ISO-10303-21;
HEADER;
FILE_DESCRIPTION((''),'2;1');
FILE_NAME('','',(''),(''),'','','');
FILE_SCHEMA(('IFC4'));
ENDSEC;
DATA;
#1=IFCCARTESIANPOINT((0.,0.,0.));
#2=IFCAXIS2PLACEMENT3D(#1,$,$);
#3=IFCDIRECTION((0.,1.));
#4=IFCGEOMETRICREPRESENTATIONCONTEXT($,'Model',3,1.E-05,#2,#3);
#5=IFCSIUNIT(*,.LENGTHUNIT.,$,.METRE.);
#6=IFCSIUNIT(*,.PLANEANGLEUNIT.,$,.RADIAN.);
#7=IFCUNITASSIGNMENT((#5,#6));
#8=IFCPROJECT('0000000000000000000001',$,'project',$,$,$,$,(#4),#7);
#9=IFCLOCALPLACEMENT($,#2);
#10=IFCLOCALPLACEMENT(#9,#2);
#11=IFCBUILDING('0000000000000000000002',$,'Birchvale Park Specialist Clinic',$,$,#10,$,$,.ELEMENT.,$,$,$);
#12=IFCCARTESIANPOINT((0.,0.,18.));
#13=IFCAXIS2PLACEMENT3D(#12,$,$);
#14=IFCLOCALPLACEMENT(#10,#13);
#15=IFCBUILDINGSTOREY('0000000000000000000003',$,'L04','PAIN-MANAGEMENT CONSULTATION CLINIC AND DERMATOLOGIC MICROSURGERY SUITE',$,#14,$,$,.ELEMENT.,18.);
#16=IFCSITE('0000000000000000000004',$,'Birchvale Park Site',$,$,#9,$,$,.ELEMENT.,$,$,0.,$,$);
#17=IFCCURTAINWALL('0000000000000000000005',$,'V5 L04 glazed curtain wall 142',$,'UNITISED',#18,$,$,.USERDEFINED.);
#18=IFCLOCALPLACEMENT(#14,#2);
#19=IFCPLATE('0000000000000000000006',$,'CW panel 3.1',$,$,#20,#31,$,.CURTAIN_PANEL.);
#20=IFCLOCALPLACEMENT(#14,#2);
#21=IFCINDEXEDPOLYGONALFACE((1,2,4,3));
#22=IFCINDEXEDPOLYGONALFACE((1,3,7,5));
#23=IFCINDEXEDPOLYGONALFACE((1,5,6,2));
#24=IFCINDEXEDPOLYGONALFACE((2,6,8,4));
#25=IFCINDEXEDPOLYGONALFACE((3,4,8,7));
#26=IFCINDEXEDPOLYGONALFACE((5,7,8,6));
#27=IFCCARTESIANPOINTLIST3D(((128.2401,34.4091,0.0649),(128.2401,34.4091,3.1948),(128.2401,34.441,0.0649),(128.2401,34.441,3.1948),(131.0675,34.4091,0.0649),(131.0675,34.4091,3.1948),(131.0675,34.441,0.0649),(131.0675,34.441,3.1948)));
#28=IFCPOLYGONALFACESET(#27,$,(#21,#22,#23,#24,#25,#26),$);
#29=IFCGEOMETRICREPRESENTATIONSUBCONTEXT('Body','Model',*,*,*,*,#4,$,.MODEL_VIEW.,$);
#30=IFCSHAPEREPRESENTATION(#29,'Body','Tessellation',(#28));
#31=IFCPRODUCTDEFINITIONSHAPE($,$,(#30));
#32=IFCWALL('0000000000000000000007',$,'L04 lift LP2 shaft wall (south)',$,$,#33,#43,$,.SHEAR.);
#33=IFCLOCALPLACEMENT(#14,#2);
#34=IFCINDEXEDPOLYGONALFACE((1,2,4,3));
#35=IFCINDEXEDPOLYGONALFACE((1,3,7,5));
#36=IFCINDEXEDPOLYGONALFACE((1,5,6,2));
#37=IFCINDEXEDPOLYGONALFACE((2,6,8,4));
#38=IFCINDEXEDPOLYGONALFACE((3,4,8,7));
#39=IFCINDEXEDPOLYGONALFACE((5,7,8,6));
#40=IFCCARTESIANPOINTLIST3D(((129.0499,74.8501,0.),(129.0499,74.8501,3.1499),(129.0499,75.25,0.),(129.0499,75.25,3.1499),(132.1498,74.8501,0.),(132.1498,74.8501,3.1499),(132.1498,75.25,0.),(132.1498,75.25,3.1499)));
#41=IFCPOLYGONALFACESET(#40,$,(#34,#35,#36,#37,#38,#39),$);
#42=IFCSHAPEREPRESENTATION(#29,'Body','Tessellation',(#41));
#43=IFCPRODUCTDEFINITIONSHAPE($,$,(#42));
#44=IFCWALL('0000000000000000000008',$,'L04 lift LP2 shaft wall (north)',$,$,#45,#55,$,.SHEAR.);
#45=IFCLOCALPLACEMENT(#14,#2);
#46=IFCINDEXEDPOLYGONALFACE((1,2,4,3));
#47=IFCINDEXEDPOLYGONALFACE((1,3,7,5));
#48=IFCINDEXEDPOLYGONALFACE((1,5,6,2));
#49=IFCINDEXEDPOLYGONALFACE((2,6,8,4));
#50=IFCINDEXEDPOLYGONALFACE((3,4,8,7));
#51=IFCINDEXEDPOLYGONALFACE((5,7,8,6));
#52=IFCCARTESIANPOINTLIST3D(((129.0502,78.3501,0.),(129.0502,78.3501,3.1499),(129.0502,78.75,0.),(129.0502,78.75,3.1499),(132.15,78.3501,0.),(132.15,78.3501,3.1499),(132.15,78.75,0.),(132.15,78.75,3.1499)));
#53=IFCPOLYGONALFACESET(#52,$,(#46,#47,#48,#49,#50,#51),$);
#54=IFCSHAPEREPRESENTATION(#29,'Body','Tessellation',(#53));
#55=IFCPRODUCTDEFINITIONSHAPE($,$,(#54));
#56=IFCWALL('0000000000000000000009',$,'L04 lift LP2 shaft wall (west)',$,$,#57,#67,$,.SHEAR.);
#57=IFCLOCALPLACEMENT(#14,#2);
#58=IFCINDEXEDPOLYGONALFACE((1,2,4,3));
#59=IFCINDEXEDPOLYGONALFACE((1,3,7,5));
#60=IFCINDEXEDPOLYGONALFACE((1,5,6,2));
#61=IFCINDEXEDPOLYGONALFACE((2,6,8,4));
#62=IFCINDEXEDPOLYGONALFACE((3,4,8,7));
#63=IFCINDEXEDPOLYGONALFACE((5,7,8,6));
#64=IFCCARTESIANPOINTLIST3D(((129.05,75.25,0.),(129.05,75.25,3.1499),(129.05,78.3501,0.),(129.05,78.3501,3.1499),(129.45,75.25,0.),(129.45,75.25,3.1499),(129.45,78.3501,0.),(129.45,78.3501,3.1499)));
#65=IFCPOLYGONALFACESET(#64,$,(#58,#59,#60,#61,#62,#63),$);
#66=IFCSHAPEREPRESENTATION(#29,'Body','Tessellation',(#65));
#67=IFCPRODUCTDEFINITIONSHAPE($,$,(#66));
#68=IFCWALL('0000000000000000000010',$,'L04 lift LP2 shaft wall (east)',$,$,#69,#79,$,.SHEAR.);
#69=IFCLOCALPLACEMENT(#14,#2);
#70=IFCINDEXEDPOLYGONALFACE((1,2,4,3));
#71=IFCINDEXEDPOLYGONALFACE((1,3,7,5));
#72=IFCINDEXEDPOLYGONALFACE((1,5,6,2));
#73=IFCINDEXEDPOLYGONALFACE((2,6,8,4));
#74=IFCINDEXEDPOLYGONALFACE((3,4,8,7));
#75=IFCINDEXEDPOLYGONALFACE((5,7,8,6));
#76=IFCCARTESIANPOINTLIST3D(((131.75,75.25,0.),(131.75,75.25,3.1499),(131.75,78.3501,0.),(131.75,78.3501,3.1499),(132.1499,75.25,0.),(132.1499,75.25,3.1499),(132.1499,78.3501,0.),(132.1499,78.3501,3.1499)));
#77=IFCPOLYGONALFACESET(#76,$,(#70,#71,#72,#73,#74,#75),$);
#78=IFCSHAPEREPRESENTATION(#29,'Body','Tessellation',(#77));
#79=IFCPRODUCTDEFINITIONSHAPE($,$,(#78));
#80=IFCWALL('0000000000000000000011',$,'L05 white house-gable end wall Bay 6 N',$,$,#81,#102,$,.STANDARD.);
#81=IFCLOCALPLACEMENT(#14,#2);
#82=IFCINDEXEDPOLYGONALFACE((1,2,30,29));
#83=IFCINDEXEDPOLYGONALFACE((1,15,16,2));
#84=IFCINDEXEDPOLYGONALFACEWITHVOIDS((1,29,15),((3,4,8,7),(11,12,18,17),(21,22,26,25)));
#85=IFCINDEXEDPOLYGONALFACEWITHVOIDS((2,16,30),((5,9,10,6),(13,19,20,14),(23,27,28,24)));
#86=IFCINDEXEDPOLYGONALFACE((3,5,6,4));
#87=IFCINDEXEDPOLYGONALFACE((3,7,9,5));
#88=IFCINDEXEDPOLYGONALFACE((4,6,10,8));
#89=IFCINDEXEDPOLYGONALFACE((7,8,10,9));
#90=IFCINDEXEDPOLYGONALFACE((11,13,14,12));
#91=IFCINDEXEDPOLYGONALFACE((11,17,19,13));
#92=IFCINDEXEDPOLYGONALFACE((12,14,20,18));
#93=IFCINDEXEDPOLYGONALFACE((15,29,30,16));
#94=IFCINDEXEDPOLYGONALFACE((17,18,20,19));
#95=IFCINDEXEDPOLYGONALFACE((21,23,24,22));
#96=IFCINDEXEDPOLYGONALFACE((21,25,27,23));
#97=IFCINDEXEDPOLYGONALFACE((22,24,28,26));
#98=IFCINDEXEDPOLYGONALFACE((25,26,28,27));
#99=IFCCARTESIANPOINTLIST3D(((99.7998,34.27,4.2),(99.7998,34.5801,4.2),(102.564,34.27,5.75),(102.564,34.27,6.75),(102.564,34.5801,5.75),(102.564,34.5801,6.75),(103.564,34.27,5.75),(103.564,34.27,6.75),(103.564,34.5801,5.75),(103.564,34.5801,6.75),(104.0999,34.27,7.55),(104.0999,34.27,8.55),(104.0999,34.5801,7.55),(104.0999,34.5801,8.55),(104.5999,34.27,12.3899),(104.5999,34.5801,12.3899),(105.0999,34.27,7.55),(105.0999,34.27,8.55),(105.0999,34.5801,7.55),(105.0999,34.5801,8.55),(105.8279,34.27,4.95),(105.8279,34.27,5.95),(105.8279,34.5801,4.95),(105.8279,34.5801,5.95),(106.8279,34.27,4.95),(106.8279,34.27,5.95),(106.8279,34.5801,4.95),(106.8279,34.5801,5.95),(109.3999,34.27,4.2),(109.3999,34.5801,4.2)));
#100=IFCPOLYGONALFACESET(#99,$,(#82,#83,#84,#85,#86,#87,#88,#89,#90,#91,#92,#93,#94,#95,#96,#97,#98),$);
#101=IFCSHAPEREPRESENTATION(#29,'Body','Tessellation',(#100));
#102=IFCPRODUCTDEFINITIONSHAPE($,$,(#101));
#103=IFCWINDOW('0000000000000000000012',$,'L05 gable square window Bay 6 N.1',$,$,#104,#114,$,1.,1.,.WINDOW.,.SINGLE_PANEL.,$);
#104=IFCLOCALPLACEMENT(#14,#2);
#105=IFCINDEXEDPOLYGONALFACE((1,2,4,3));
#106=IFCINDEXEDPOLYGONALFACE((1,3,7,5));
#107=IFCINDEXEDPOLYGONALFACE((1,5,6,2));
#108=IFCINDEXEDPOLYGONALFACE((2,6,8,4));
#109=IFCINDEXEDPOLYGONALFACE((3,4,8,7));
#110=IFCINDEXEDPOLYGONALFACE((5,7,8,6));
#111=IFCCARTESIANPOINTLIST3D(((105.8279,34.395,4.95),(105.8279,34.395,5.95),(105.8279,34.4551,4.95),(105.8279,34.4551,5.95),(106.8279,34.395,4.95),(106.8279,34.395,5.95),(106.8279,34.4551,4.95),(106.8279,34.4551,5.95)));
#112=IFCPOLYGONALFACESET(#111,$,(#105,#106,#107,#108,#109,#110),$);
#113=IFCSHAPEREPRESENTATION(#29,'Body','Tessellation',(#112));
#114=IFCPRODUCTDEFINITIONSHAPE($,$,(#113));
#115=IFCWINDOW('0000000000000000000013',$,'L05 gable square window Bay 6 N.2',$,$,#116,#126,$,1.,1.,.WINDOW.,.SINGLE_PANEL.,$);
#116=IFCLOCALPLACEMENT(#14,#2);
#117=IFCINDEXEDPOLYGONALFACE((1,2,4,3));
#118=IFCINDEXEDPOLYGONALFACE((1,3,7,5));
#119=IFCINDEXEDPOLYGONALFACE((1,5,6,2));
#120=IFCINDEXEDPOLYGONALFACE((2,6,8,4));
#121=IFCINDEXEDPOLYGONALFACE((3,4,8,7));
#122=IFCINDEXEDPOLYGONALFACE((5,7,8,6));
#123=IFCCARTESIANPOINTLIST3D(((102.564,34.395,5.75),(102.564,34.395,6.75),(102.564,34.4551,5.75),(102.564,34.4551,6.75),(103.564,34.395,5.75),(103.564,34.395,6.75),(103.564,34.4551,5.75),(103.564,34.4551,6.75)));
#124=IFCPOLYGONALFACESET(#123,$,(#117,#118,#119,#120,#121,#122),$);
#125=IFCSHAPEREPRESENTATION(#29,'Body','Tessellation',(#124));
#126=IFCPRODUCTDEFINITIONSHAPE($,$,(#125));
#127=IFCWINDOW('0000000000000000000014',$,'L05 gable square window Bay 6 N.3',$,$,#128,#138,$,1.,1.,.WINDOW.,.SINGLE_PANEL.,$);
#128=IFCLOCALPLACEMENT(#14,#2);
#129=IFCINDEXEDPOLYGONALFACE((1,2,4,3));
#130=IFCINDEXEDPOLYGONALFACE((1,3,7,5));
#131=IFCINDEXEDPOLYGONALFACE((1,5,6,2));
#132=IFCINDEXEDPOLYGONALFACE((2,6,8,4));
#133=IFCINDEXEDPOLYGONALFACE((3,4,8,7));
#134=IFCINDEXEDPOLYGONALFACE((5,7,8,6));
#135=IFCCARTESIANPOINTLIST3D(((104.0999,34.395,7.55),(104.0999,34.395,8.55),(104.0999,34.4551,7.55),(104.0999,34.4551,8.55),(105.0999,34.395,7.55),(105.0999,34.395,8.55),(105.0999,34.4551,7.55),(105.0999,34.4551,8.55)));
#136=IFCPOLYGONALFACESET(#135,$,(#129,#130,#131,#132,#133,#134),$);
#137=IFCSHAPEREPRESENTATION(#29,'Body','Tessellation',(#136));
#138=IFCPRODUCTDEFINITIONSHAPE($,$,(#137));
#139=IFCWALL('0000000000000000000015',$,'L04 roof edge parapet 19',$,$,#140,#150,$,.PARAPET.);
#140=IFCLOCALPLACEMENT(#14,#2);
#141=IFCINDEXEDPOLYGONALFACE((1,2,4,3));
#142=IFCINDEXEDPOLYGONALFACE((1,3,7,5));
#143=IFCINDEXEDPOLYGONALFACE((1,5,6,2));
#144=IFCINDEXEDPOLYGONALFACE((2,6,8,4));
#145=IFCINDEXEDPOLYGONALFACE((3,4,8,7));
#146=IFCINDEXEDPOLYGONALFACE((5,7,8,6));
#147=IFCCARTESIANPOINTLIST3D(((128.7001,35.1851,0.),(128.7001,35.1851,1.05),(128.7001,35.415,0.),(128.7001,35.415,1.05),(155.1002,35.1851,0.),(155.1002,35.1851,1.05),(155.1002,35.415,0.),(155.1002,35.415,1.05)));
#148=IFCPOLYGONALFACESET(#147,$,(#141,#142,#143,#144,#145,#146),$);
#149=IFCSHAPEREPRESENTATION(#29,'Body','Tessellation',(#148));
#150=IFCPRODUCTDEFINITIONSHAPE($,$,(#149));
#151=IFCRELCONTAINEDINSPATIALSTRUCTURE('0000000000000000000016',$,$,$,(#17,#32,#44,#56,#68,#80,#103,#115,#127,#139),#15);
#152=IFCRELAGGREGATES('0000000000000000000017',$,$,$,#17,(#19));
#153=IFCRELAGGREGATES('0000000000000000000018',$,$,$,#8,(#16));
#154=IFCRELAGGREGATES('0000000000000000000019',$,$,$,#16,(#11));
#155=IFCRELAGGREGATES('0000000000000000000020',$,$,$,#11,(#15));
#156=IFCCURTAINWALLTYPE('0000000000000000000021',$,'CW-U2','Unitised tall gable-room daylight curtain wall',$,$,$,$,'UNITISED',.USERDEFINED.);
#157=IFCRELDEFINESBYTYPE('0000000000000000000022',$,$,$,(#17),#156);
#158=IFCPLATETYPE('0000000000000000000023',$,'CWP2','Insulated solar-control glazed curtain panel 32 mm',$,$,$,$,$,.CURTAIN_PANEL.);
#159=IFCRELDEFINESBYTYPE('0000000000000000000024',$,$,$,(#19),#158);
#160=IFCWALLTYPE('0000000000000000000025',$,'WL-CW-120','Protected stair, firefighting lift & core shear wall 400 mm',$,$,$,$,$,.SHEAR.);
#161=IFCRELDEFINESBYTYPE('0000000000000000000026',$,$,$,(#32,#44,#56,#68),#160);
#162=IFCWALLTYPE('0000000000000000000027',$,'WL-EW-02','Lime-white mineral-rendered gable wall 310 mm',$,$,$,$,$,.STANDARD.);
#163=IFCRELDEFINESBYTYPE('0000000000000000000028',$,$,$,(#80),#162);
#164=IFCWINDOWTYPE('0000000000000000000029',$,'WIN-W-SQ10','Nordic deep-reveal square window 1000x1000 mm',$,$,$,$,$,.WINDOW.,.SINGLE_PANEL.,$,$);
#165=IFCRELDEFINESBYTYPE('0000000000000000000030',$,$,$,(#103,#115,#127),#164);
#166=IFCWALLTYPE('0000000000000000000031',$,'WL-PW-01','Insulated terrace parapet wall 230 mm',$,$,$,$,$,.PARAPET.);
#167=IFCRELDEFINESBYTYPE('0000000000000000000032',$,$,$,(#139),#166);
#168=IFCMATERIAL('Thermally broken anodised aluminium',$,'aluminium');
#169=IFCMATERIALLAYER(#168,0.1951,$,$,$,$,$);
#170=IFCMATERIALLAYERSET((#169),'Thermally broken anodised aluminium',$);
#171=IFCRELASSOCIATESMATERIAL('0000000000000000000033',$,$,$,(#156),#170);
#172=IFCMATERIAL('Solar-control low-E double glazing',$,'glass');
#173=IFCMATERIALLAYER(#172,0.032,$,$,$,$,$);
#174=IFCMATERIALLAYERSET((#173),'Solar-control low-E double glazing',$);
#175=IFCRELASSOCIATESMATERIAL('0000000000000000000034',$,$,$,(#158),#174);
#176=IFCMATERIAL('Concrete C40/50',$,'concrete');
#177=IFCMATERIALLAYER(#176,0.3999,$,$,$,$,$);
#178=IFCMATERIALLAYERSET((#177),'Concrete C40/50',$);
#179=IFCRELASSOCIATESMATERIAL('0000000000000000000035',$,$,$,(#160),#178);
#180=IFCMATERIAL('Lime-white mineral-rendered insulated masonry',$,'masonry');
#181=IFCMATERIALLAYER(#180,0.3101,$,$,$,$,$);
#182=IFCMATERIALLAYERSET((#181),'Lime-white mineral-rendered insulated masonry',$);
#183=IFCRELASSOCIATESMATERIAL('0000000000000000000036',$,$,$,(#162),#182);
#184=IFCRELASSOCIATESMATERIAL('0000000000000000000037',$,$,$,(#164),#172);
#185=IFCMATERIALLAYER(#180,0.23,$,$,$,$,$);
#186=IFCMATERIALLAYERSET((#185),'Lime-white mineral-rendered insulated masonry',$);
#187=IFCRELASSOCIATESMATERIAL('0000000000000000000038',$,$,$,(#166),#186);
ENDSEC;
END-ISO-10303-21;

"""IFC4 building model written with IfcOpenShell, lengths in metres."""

from ifc_helpers import new_model, si_unit, direction, frame, frame_2d, origin, origin_2d, place, context, subcontext, project, spatial, polyline, rectangle, outline, extrude, material, layer, layer_set, type_object, element, fill, aggregate, save


model = new_model("IFC4")

# Units and contexts
model_context = context("Model", 3, precision=1e-05, world=origin(), true_north=direction((0.0, 1.0)))
body_context = subcontext(model_context, "Body", "Model", "MODEL_VIEW")
ifc_project = project(units=[si_unit("LENGTHUNIT", "METRE"), si_unit("PLANEANGLEUNIT", "RADIAN")], contexts=[model_context])

# Site, building, storey
site_placement = place(None, origin())
site = spatial("IfcSite", under=ifc_project, at=site_placement, Name="Birchvale Park Site", CompositionType="ELEMENT", RefElevation=0.0)
building_placement = place(site_placement, origin())
building = spatial("IfcBuilding", under=site, at=building_placement, Name="Birchvale Park Specialist Clinic", CompositionType="ELEMENT")
storey_placement = place(building_placement, frame((0.0, 0.0, 18.0)))
storey = spatial("IfcBuildingStorey", under=building, at=storey_placement, Name="L04", Description="PAIN-MANAGEMENT CONSULTATION CLINIC AND DERMATOLOGIC MICROSURGERY SUITE", CompositionType="ELEMENT", Elevation=18.0)

# Shared definitions
ifc_material_1 = material(Name="Concrete C40/50", Category="concrete")

# Shared definitions
ifc_material_2 = material(Name="Thermally broken anodised aluminium", Category="aluminium")

# Curtain wall
ifc_layer_1 = layer(ifc_material_2, 0.1951)
ifc_layer_set_1 = layer_set([ifc_layer_1], Name="Thermally broken anodised aluminium")
curtain_wall_type_1 = type_object("IfcCurtainWallType", Name="CW-U2", Description="Unitised tall gable-room daylight curtain wall", ElementType="UNITISED", PredefinedType="USERDEFINED", material=ifc_layer_set_1)
curtain_wall_1_placement = place(storey_placement, origin())
curtain_wall_1 = element("IfcCurtainWall", 1, at=curtain_wall_1_placement, inside=storey, type_object=curtain_wall_type_1, Name="V5 L04 glazed curtain wall 142", ObjectType="UNITISED", PredefinedType="USERDEFINED")

# Plate
ifc_material_3 = material(Name="Solar-control low-E double glazing", Category="glass")
ifc_layer_2 = layer(ifc_material_3, 0.032)
ifc_layer_set_2 = layer_set([ifc_layer_2], Name="Solar-control low-E double glazing")
plate_type = type_object("IfcPlateType", Name="CWP2", Description="Insulated solar-control glazed curtain panel 32 mm", PredefinedType="CURTAIN_PANEL", material=ifc_layer_set_2)
plate_1_placement = place(storey_placement, frame((129.6538, 34.425, 0.0649), z_axis=(0.0, 0.0, 1.0), x_axis=(-1.0, 0.0, 0.0)))
plate_1 = element("IfcPlate", 2, at=plate_1_placement, type_object=plate_type, Name="CW panel 3.1", PredefinedType="CURTAIN_PANEL", context=body_context, shape_type="SweptSolid", body=[
    extrude(rectangle(XDim=2.8274, YDim=0.032, at=origin_2d()), origin(), (0.0, 0.0, 1.0), 3.1299),
])
aggregate(curtain_wall_1, [plate_1])

# Walls
ifc_layer_3 = layer(ifc_material_1, 0.3999)
ifc_layer_set_3 = layer_set([ifc_layer_3], Name="Concrete C40/50")
wall_type_1 = type_object("IfcWallType", Name="WL-CW-120", Description="Protected stair, firefighting lift & core shear wall 400 mm", PredefinedType="SHEAR", material=ifc_layer_set_3)
for number, where, z_axis, x_axis, name in (
    (3, (129.05, 75.05, 0.0), (0.0, 0.0, 1.0), (1.0, 0.0, 0.0), "L04 lift LP2 shaft wall (south)"),
    (4, (132.1499, 78.55, 0.0), (0.0, 0.0, 1.0), (-1.0, 0.0, 0.0), "L04 lift LP2 shaft wall (north)"),
):
    element("IfcWall", number, at=place(storey_placement, frame(where, z_axis=z_axis, x_axis=x_axis)), inside=storey, type_object=wall_type_1, Name=name, PredefinedType="SHEAR", context=body_context, shape_type="SweptSolid", body=[
        extrude(rectangle(XDim=3.0999, YDim=0.3999, at=frame_2d((1.5498, 0.0))), origin(), (0.0, 0.0, 1.0), 3.1499),
    ])
for number, where, z_axis, x_axis, name in (
    (5, (129.25, 75.25, 0.0), (0.0, 0.0, 1.0), (0.0, 1.0, 0.0), "L04 lift LP2 shaft wall (west)"),
    (6, (131.95, 78.3501, 0.0), (0.0, 0.0, 1.0), (0.0, -1.0, 0.0), "L04 lift LP2 shaft wall (east)"),
):
    element("IfcWall", number, at=place(storey_placement, frame(where, z_axis=z_axis, x_axis=x_axis)), inside=storey, type_object=wall_type_1, Name=name, PredefinedType="SHEAR", context=body_context, shape_type="SweptSolid", body=[
        extrude(rectangle(XDim=3.1001, YDim=0.3999, at=frame_2d((1.55, 0.0))), origin(), (0.0, 0.0, 1.0), 3.1499),
    ])

# Wall, openings, windows
ifc_material_4 = material(Name="Lime-white mineral-rendered insulated masonry", Category="masonry")
ifc_layer_4 = layer(ifc_material_4, 0.3101)
ifc_layer_set_4 = layer_set([ifc_layer_4], Name="Lime-white mineral-rendered insulated masonry")
wall_type_2 = type_object("IfcWallType", Name="WL-EW-02", Description="Lime-white mineral-rendered gable wall 310 mm", PredefinedType="STANDARD", material=ifc_layer_set_4)
wall_1_placement = place(storey_placement, frame((109.3999, 34.425, 4.2), z_axis=(0.0, 0.0, 1.0), x_axis=(-1.0, 0.0, 0.0)))
wall_1 = element("IfcWall", 7, at=wall_1_placement, inside=storey, type_object=wall_type_2, Name="L05 white house-gable end wall Bay 6 N", PredefinedType="STANDARD", context=body_context, shape_type="SweptSolid", body=[
    extrude(outline(polyline([(0.0, 0.0), (9.5999, 0.0), (9.6001, 0.0), (4.8, 8.1899), (0.0, 0.0), (0.0, 0.0)])), frame((0.0, 0.155, 0.0), z_axis=(0.0, -1.0, 0.0), x_axis=(1.0, 0.0, 0.0)), (0.0, 0.0, 1.0), 0.3101),
])
opening_1_placement = place(wall_1_placement, frame((2.572, 0.0, 0.75)))
opening_1 = element("IfcOpeningElement", 8, at=opening_1_placement, cuts=wall_1, PredefinedType="OPENING", context=body_context, shape_type="SweptSolid", body=[
    extrude(rectangle(XDim=1.0, YDim=1.0, at=frame_2d((0.5, 0.5))), frame((0.0, 0.165, 0.0), z_axis=(0.0, -1.0, 0.0), x_axis=(1.0, 0.0, 0.0)), (0.0, 0.0, 1.0), 0.3301),
])
opening_2_placement = place(wall_1_placement, frame((5.8359, 0.0, 1.55)))
opening_2 = element("IfcOpeningElement", 9, at=opening_2_placement, cuts=wall_1, PredefinedType="OPENING", context=body_context, shape_type="SweptSolid", body=[
    extrude(rectangle(XDim=1.0, YDim=1.0, at=frame_2d((0.5, 0.5))), frame((0.0, 0.165, 0.0), z_axis=(0.0, -1.0, 0.0), x_axis=(1.0, 0.0, 0.0)), (0.0, 0.0, 1.0), 0.3301),
])
opening_3_placement = place(wall_1_placement, frame((4.3, 0.0, 3.3501)))
opening_3 = element("IfcOpeningElement", 10, at=opening_3_placement, cuts=wall_1, PredefinedType="OPENING", context=body_context, shape_type="SweptSolid", body=[
    extrude(rectangle(XDim=1.0, YDim=1.0, at=frame_2d((0.5, 0.5))), frame((0.0, 0.165, 0.0), z_axis=(0.0, -1.0, 0.0), x_axis=(1.0, 0.0, 0.0)), (0.0, 0.0, 1.0), 0.3301),
])
window_type = type_object("IfcWindowType", Name="WIN-W-SQ10", Description="Nordic deep-reveal square window 1000x1000 mm", PartitioningType="SINGLE_PANEL", PredefinedType="WINDOW", material=ifc_material_3)
window_1_placement = place(opening_1_placement, origin())
window_1 = element("IfcWindow", 11, at=window_1_placement, inside=storey, type_object=window_type, Name="L05 gable square window Bay 6 N.1", OverallHeight=1.0, OverallWidth=1.0, PartitioningType="SINGLE_PANEL", PredefinedType="WINDOW", context=body_context, shape_type="SweptSolid", body=[
    extrude(rectangle(XDim=1.0, YDim=1.0, at=frame_2d((0.5, 0.5))), frame((0.0, 0.03, 0.0), z_axis=(0.0, -1.0, 0.0), x_axis=(1.0, 0.0, 0.0)), (0.0, 0.0, 1.0), 0.0601),
])
fill(opening_1, window_1)
window_2_placement = place(opening_2_placement, origin())
window_2 = element("IfcWindow", 12, at=window_2_placement, inside=storey, type_object=window_type, Name="L05 gable square window Bay 6 N.2", OverallHeight=1.0, OverallWidth=1.0, PartitioningType="SINGLE_PANEL", PredefinedType="WINDOW", context=body_context, shape_type="SweptSolid", body=[
    extrude(rectangle(XDim=1.0, YDim=1.0, at=frame_2d((0.5, 0.5))), frame((0.0, 0.03, 0.0), z_axis=(0.0, -1.0, 0.0), x_axis=(1.0, 0.0, 0.0)), (0.0, 0.0, 1.0), 0.0601),
])
fill(opening_2, window_2)
window_3_placement = place(opening_3_placement, origin())
window_3 = element("IfcWindow", 13, at=window_3_placement, inside=storey, type_object=window_type, Name="L05 gable square window Bay 6 N.3", OverallHeight=1.0, OverallWidth=1.0, PartitioningType="SINGLE_PANEL", PredefinedType="WINDOW", context=body_context, shape_type="SweptSolid", body=[
    extrude(rectangle(XDim=1.0, YDim=1.0, at=frame_2d((0.5, 0.5))), frame((0.0, 0.03, 0.0), z_axis=(0.0, -1.0, 0.0), x_axis=(1.0, 0.0, 0.0)), (0.0, 0.0, 1.0), 0.0601),
])
fill(opening_3, window_3)

# Wall
ifc_layer_5 = layer(ifc_material_4, 0.23)
ifc_layer_set_5 = layer_set([ifc_layer_5], Name="Lime-white mineral-rendered insulated masonry")
wall_type_3 = type_object("IfcWallType", Name="WL-PW-01", Description="Insulated terrace parapet wall 230 mm", PredefinedType="PARAPET", material=ifc_layer_set_5)
wall_2_placement = place(storey_placement, frame((128.7, 35.3, 0.0), z_axis=(0.0, 0.0, 1.0), x_axis=(1.0, 0.0, 0.0)))
element("IfcWall", 14, at=wall_2_placement, inside=storey, type_object=wall_type_3, Name="L04 roof edge parapet 19", PredefinedType="PARAPET", context=body_context, shape_type="SweptSolid", body=[
    extrude(rectangle(XDim=26.4001, YDim=0.23, at=frame_2d((13.2002, 0.0))), origin(), (0.0, 0.0, 1.0), 1.05),
])

save(model, "model.ifc")
